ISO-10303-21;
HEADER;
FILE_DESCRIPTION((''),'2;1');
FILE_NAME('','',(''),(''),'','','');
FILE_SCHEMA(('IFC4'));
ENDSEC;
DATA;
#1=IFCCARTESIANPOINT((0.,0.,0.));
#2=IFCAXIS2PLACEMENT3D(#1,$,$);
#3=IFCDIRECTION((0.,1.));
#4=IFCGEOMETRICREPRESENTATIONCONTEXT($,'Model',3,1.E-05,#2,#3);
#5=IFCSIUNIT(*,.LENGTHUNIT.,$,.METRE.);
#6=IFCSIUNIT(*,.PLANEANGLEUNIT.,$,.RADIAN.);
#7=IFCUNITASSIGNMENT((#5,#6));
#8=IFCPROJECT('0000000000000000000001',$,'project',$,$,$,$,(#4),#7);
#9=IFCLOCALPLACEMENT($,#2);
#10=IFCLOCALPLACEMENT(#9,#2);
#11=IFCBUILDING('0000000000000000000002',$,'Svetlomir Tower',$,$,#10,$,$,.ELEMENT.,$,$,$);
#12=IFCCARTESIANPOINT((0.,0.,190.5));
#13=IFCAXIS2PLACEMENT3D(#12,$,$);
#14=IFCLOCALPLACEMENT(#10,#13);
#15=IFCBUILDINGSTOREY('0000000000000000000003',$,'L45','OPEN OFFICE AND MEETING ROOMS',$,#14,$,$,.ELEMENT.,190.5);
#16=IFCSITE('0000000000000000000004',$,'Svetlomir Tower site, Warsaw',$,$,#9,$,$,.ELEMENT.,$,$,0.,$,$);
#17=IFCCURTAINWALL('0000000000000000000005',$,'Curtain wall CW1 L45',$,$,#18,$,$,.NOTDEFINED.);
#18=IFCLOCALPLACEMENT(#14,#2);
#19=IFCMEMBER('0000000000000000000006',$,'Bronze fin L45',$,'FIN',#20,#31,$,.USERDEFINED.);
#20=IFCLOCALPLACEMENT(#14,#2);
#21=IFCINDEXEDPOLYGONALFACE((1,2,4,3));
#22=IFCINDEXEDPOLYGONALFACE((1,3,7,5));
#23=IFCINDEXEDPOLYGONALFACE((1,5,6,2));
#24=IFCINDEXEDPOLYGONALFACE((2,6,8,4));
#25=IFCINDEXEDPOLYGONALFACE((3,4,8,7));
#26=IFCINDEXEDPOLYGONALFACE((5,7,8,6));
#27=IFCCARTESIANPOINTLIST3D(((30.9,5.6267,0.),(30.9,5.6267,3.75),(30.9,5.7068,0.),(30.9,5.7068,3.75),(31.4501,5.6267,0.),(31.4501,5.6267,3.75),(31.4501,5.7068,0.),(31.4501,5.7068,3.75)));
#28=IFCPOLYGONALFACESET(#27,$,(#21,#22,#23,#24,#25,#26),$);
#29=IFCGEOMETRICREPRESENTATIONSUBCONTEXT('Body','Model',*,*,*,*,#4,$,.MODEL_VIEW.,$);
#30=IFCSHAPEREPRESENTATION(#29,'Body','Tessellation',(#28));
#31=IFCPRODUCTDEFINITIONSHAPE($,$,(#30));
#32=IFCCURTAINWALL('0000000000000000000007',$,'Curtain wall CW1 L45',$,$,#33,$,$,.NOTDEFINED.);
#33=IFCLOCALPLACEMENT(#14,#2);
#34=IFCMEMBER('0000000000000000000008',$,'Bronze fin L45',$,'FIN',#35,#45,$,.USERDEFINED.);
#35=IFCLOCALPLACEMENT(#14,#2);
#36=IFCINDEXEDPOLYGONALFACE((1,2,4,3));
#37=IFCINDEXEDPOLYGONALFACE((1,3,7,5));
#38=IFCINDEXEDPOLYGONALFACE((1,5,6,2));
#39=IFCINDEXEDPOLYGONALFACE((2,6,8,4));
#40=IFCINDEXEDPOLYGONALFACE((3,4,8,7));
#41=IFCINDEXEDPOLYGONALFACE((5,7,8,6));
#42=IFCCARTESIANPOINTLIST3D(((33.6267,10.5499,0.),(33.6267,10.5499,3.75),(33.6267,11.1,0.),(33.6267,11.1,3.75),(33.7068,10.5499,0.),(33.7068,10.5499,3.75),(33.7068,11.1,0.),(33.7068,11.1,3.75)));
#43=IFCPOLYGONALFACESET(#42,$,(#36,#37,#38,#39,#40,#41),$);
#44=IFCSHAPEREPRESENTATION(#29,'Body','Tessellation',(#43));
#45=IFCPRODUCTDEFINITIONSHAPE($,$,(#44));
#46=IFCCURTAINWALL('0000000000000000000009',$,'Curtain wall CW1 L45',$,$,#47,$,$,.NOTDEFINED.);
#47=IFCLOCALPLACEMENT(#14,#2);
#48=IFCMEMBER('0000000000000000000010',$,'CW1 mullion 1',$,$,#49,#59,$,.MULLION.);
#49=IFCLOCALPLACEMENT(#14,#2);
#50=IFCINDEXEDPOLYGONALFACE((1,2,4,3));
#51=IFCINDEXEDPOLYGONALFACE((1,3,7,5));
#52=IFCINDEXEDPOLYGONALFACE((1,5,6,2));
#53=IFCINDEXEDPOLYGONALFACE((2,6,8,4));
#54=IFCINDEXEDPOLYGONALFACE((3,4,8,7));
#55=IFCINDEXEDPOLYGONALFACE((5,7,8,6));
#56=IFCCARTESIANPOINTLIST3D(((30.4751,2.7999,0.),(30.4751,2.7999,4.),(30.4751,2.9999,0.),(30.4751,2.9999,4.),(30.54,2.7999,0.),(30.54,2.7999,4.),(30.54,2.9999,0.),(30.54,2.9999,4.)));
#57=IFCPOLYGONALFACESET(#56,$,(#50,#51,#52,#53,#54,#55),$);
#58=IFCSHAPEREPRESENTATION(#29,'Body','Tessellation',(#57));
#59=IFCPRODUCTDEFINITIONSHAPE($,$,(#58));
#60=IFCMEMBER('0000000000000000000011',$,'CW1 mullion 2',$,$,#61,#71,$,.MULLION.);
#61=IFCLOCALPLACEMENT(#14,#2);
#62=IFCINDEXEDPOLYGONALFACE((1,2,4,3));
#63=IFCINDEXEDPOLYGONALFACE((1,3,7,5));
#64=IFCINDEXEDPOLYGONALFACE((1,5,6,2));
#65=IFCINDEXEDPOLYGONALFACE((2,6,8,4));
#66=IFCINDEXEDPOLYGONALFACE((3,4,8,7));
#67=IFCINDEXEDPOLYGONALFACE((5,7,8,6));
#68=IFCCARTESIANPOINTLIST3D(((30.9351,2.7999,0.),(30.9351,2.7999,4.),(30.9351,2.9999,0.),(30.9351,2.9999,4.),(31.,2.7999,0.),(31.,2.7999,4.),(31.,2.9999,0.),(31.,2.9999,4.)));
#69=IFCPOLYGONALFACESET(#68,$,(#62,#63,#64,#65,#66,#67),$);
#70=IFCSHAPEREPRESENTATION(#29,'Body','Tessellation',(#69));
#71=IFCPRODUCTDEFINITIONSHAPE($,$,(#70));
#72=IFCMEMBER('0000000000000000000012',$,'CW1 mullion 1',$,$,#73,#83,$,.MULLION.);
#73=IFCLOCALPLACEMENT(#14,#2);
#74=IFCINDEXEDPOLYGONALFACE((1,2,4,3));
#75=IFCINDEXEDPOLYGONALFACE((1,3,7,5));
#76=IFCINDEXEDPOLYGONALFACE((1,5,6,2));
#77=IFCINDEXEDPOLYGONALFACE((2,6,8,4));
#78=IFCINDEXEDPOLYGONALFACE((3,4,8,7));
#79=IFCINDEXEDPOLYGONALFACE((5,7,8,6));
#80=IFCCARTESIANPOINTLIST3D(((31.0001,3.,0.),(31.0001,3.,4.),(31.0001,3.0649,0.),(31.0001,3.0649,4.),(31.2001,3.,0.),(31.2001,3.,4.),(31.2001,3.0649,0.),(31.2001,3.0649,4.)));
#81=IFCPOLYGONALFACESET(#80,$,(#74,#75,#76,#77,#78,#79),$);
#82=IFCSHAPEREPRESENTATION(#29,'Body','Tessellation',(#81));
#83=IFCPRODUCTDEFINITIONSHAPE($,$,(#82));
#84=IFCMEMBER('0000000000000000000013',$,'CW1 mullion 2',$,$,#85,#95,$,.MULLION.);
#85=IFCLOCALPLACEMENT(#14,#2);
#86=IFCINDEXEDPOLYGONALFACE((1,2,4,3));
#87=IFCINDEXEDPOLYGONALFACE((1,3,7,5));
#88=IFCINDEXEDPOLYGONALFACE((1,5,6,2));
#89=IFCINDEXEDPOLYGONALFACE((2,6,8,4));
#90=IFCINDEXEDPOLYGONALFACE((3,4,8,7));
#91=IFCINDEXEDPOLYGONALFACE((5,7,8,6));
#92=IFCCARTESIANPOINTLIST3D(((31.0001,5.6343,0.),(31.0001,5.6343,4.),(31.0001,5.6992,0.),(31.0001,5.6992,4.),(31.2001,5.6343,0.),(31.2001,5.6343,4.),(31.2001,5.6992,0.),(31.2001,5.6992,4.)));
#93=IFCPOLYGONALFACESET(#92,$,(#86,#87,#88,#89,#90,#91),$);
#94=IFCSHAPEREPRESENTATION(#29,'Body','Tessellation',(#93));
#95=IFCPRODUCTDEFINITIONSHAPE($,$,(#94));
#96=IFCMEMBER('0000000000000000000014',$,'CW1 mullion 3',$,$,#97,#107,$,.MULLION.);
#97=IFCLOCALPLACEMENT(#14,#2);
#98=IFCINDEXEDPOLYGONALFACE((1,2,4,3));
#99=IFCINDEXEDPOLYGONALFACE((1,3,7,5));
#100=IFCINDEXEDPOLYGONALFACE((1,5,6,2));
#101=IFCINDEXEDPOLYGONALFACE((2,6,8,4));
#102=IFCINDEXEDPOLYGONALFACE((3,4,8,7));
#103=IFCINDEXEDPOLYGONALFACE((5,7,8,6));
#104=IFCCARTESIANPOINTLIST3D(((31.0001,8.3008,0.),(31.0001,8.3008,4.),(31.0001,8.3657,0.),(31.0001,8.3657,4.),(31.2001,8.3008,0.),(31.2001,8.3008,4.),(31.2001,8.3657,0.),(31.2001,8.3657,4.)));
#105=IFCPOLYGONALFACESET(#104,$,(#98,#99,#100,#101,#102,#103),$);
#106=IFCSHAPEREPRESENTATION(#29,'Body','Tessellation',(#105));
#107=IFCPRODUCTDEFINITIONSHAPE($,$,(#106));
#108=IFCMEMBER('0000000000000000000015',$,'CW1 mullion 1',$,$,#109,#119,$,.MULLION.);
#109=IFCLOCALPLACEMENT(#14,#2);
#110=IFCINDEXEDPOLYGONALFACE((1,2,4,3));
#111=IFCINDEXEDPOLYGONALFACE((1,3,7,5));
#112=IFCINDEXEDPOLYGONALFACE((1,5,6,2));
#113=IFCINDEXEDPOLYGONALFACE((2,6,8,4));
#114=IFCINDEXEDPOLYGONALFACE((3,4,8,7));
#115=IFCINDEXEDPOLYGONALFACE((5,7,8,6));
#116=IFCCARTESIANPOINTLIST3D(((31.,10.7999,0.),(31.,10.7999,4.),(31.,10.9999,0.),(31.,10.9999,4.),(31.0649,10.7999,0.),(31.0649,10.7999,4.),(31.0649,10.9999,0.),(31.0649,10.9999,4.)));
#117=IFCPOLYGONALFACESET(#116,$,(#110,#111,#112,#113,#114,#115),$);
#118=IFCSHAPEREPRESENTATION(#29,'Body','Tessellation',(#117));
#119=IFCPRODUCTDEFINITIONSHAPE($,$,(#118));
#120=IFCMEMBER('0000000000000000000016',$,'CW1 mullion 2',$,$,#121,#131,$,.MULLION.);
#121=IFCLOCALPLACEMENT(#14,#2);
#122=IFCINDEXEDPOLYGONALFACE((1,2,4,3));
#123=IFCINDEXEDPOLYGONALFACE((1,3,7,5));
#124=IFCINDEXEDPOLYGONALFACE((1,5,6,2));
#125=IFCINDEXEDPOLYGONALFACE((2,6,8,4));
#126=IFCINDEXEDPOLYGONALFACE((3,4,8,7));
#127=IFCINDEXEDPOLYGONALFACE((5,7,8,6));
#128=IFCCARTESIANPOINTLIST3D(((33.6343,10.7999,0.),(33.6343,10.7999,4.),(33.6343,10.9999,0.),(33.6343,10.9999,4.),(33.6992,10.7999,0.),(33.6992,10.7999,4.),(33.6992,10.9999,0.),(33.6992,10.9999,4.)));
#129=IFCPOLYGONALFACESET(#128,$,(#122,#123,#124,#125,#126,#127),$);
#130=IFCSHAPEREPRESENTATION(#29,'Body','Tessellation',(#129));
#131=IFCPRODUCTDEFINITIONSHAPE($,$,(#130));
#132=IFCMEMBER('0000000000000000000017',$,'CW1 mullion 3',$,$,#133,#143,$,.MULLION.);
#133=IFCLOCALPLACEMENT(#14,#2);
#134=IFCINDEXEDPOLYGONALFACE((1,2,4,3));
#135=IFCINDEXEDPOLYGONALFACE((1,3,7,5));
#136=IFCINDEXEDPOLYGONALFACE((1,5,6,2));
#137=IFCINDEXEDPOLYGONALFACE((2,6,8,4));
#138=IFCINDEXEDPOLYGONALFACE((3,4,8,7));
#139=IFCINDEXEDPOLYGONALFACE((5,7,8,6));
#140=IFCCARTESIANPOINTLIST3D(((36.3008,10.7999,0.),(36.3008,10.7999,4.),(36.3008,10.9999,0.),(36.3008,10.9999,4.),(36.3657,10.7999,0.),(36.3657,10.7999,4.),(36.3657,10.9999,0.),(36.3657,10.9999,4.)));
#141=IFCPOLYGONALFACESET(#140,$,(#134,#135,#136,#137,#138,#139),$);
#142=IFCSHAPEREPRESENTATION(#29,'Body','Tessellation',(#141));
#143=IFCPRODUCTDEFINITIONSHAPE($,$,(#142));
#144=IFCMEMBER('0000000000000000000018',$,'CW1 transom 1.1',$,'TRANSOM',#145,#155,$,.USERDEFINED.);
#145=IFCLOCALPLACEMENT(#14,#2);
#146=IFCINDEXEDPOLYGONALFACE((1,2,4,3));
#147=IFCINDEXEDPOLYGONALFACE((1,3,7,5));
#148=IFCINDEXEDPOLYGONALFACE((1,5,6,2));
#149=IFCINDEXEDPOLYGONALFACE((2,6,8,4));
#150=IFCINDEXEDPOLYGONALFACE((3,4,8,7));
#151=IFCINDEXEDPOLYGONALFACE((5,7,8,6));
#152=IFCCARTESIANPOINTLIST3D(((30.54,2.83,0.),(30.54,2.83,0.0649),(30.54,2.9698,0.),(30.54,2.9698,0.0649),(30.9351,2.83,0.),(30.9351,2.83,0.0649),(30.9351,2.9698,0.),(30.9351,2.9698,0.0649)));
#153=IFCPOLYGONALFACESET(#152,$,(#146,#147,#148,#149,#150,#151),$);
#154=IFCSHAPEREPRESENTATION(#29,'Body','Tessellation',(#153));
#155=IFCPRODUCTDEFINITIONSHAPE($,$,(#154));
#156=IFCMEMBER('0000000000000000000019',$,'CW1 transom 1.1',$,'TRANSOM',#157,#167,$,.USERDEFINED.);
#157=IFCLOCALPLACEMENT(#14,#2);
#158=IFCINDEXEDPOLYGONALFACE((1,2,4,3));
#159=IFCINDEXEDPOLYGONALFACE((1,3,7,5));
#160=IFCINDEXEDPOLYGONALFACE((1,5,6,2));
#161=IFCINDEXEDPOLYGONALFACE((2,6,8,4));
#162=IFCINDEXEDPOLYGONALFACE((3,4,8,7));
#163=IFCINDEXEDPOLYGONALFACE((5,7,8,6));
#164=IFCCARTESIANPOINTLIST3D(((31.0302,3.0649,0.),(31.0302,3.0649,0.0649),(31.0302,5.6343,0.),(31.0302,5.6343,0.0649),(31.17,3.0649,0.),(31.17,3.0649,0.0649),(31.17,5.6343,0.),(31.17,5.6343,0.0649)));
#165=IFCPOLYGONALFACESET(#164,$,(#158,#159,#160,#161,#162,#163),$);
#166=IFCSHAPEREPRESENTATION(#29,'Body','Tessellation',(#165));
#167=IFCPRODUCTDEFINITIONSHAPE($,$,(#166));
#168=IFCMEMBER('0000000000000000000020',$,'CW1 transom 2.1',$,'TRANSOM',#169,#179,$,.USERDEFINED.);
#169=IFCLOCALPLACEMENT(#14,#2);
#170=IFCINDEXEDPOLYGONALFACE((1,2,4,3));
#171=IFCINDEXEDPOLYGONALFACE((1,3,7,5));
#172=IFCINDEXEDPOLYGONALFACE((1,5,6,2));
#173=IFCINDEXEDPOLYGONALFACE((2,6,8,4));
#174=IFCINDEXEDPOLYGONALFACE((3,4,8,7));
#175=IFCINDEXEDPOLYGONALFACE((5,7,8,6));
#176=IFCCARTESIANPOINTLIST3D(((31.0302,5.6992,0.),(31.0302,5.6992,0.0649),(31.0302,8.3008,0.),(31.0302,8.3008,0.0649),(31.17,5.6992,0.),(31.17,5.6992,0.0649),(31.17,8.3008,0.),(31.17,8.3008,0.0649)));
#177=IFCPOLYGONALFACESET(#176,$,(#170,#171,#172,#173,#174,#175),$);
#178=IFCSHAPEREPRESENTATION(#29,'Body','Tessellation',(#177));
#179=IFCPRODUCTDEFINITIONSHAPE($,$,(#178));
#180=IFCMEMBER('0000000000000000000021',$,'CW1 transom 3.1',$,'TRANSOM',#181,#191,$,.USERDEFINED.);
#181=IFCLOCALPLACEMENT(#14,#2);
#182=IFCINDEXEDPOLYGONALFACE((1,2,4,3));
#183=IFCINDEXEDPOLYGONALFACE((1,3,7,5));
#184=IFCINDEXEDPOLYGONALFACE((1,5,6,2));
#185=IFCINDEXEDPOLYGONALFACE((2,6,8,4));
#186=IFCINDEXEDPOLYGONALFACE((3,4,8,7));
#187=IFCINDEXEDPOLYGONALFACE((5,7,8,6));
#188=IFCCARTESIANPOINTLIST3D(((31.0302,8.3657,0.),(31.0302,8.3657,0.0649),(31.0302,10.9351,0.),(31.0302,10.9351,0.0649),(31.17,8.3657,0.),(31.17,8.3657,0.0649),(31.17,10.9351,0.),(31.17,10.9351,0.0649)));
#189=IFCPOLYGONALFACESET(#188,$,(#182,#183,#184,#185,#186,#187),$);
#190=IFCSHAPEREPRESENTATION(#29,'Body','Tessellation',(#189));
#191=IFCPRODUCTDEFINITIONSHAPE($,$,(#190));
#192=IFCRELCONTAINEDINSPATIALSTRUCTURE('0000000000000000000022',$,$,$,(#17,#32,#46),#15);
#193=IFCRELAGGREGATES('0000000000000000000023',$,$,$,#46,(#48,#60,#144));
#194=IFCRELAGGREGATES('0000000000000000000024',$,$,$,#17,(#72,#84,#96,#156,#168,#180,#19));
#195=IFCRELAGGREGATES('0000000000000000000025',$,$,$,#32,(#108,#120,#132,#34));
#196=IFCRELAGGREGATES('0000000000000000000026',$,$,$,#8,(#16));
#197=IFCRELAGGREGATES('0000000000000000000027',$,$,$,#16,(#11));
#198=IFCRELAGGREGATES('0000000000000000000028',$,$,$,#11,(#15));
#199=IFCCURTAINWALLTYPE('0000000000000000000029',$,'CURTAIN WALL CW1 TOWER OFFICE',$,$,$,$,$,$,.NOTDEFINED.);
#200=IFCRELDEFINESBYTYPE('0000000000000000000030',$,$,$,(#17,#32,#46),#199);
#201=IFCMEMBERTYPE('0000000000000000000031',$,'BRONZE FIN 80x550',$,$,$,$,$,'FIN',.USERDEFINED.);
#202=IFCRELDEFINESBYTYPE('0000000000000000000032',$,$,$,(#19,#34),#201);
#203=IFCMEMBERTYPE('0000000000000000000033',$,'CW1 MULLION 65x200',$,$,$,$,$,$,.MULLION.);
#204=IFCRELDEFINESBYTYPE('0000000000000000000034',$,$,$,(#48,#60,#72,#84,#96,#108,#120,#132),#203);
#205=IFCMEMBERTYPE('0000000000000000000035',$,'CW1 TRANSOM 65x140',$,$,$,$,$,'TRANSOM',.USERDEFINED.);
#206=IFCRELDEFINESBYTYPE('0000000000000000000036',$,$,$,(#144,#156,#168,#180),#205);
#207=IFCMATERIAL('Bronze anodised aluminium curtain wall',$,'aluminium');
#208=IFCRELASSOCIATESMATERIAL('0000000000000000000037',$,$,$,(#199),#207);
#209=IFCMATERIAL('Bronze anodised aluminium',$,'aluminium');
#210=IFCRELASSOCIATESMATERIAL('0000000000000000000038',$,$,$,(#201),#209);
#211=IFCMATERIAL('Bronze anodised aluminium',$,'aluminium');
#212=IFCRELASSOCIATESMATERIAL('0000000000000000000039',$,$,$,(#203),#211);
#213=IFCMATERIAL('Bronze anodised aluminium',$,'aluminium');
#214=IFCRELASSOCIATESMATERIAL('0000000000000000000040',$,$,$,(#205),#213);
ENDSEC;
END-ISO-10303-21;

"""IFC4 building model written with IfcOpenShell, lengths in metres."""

from ifc_helpers import new_model, si_unit, direction, frame, origin, origin_2d, place, context, subcontext, project, spatial, rectangle, extrude, material, material_profile, profile_set, type_object, element, aggregate, save


model = new_model("IFC4")

# Units and contexts
model_context = context("Model", 3, precision=1e-05, world=origin(), true_north=direction((0.0, 1.0)))
body_context = subcontext(model_context, "Body", "Model", "MODEL_VIEW")
ifc_project = project(units=[si_unit("LENGTHUNIT", "METRE"), si_unit("PLANEANGLEUNIT", "RADIAN")], contexts=[model_context])

# Site, building, storey
site_placement = place(None, origin())
site = spatial("IfcSite", under=ifc_project, at=site_placement, Name="Svetlomir Tower site, Warsaw", CompositionType="ELEMENT", RefElevation=0.0)
building_placement = place(site_placement, origin())
building = spatial("IfcBuilding", under=site, at=building_placement, Name="Svetlomir Tower", CompositionType="ELEMENT")
storey_placement = place(building_placement, frame((0.0, 0.0, 190.5)))
storey = spatial("IfcBuildingStorey", under=building, at=storey_placement, Name="L45", Description="OPEN OFFICE AND MEETING ROOMS", CompositionType="ELEMENT", Elevation=190.5)

# Curtain walls, members
ifc_material_1 = material(Name="Bronze anodised aluminium curtain wall", Category="aluminium")
curtain_wall_type = type_object("IfcCurtainWallType", Name="CURTAIN WALL CW1 TOWER OFFICE", PredefinedType="NOTDEFINED", material=ifc_material_1)
curtain_wall_1_placement = place(storey_placement, origin())
curtain_wall_1 = element("IfcCurtainWall", 1, at=curtain_wall_1_placement, inside=storey, type_object=curtain_wall_type, Name="Curtain wall CW1 L45", PredefinedType="NOTDEFINED")
ifc_material_2 = material(Name="Bronze anodised aluminium", Category="aluminium")
ifc_material_profile_1 = material_profile(ifc_material_2, rectangle(XDim=0.0801, YDim=0.55, at=origin_2d()), Name="FIN 80x550")
ifc_profile_set_1 = profile_set([ifc_material_profile_1], Name="Bronze anodised aluminium 6063-T6")
member_type_1 = type_object("IfcMemberType", Name="BRONZE FIN 80x550", ElementType="FIN", PredefinedType="USERDEFINED", material=ifc_profile_set_1)
member_1_placement = place(storey_placement, frame((31.175, 5.6667, 0.0), z_axis=(0.0, 0.0, 1.0), x_axis=(0.0, 1.0, 0.0)))
member_1 = element("IfcMember", 2, at=member_1_placement, type_object=member_type_1, Name="Bronze fin L45", ObjectType="FIN", PredefinedType="USERDEFINED", context=body_context, shape_type="SweptSolid", body=[
    extrude(rectangle(XDim=0.0801, YDim=0.55, at=origin_2d()), origin(), (0.0, 0.0, 1.0), 3.75),
])
curtain_wall_2_placement = place(storey_placement, origin())
curtain_wall_2 = element("IfcCurtainWall", 3, at=curtain_wall_2_placement, inside=storey, type_object=curtain_wall_type, Name="Curtain wall CW1 L45", PredefinedType="NOTDEFINED")
member_2_placement = place(storey_placement, frame((33.6667, 10.825, 0.0), z_axis=(0.0, 0.0, 1.0), x_axis=(1.0, 0.0, 0.0)))
member_2 = element("IfcMember", 4, at=member_2_placement, type_object=member_type_1, Name="Bronze fin L45", ObjectType="FIN", PredefinedType="USERDEFINED", context=body_context, shape_type="SweptSolid", body=[
    extrude(rectangle(XDim=0.0801, YDim=0.55, at=origin_2d()), origin(), (0.0, 0.0, 1.0), 3.75),
])

# Curtain wall, members
curtain_wall_3_placement = place(storey_placement, origin())
curtain_wall_3 = element("IfcCurtainWall", 5, at=curtain_wall_3_placement, inside=storey, type_object=curtain_wall_type, Name="Curtain wall CW1 L45", PredefinedType="NOTDEFINED")
ifc_material_3 = material(Name="Bronze anodised aluminium", Category="aluminium")
ifc_material_profile_2 = material_profile(ifc_material_3, rectangle(XDim=0.0649, YDim=0.2, at=origin_2d()), Name="AL 65x200")
ifc_profile_set_2 = profile_set([ifc_material_profile_2], Name="Bronze anodised aluminium 6063-T6")
member_type_2 = type_object("IfcMemberType", Name="CW1 MULLION 65x200", PredefinedType="MULLION", material=ifc_profile_set_2)
member_3_placement = place(storey_placement, frame((30.5076, 2.8999, 0.0), z_axis=(0.0, 0.0, 1.0), x_axis=(1.0, 0.0, 0.0)))
member_3 = element("IfcMember", 6, at=member_3_placement, type_object=member_type_2, Name="CW1 mullion 1", PredefinedType="MULLION", context=body_context, shape_type="SweptSolid", body=[
    extrude(rectangle(XDim=0.0649, YDim=0.2, at=origin_2d()), origin(), (0.0, 0.0, 1.0), 4.0),
])
member_4_placement = place(storey_placement, frame((30.9675, 2.8999, 0.0), z_axis=(0.0, 0.0, 1.0), x_axis=(1.0, 0.0, 0.0)))
member_4 = element("IfcMember", 7, at=member_4_placement, type_object=member_type_2, Name="CW1 mullion 2", PredefinedType="MULLION", context=body_context, shape_type="SweptSolid", body=[
    extrude(rectangle(XDim=0.0649, YDim=0.2, at=origin_2d()), origin(), (0.0, 0.0, 1.0), 4.0),
])

# Members
member_5_placement = place(storey_placement, frame((31.1001, 3.0325, 0.0), z_axis=(0.0, 0.0, 1.0), x_axis=(0.0, 1.0, 0.0)))
member_5 = element("IfcMember", 8, at=member_5_placement, type_object=member_type_2, Name="CW1 mullion 1", PredefinedType="MULLION", context=body_context, shape_type="SweptSolid", body=[
    extrude(rectangle(XDim=0.0649, YDim=0.2, at=origin_2d()), origin(), (0.0, 0.0, 1.0), 4.0),
])
member_6_placement = place(storey_placement, frame((31.1001, 5.6667, 0.0), z_axis=(0.0, 0.0, 1.0), x_axis=(0.0, 1.0, 0.0)))
member_6 = element("IfcMember", 9, at=member_6_placement, type_object=member_type_2, Name="CW1 mullion 2", PredefinedType="MULLION", context=body_context, shape_type="SweptSolid", body=[
    extrude(rectangle(XDim=0.0649, YDim=0.2, at=origin_2d()), origin(), (0.0, 0.0, 1.0), 4.0),
])
member_7_placement = place(storey_placement, frame((31.1001, 8.3333, 0.0), z_axis=(0.0, 0.0, 1.0), x_axis=(0.0, 1.0, 0.0)))
member_7 = element("IfcMember", 10, at=member_7_placement, type_object=member_type_2, Name="CW1 mullion 3", PredefinedType="MULLION", context=body_context, shape_type="SweptSolid", body=[
    extrude(rectangle(XDim=0.0649, YDim=0.2, at=origin_2d()), origin(), (0.0, 0.0, 1.0), 4.0),
])
member_8_placement = place(storey_placement, frame((31.0325, 10.8999, 0.0), z_axis=(0.0, 0.0, 1.0), x_axis=(1.0, 0.0, 0.0)))
member_8 = element("IfcMember", 11, at=member_8_placement, type_object=member_type_2, Name="CW1 mullion 1", PredefinedType="MULLION", context=body_context, shape_type="SweptSolid", body=[
    extrude(rectangle(XDim=0.0649, YDim=0.2, at=origin_2d()), origin(), (0.0, 0.0, 1.0), 4.0),
])
member_9_placement = place(storey_placement, frame((33.6667, 10.8999, 0.0), z_axis=(0.0, 0.0, 1.0), x_axis=(1.0, 0.0, 0.0)))
member_9 = element("IfcMember", 12, at=member_9_placement, type_object=member_type_2, Name="CW1 mullion 2", PredefinedType="MULLION", context=body_context, shape_type="SweptSolid", body=[
    extrude(rectangle(XDim=0.0649, YDim=0.2, at=origin_2d()), origin(), (0.0, 0.0, 1.0), 4.0),
])
member_10_placement = place(storey_placement, frame((36.3333, 10.8999, 0.0), z_axis=(0.0, 0.0, 1.0), x_axis=(1.0, 0.0, 0.0)))
member_10 = element("IfcMember", 13, at=member_10_placement, type_object=member_type_2, Name="CW1 mullion 3", PredefinedType="MULLION", context=body_context, shape_type="SweptSolid", body=[
    extrude(rectangle(XDim=0.0649, YDim=0.2, at=origin_2d()), origin(), (0.0, 0.0, 1.0), 4.0),
])
ifc_material_4 = material(Name="Bronze anodised aluminium", Category="aluminium")
ifc_material_profile_3 = material_profile(ifc_material_4, rectangle(XDim=0.1399, YDim=0.0649, at=origin_2d()), Name="AL 140x65")
ifc_profile_set_3 = profile_set([ifc_material_profile_3], Name="Bronze anodised aluminium 6063-T6")
member_type_3 = type_object("IfcMemberType", Name="CW1 TRANSOM 65x140", ElementType="TRANSOM", PredefinedType="USERDEFINED", material=ifc_profile_set_3)
member_11_placement = place(storey_placement, frame((30.54, 2.8999, 0.0325), z_axis=(1.0, 0.0, 0.0), x_axis=(0.0, 1.0, 0.0)))
member_11 = element("IfcMember", 14, at=member_11_placement, type_object=member_type_3, Name="CW1 transom 1.1", ObjectType="TRANSOM", PredefinedType="USERDEFINED", context=body_context, shape_type="SweptSolid", body=[
    extrude(rectangle(XDim=0.1399, YDim=0.0649, at=origin_2d()), origin(), (0.0, 0.0, 1.0), 0.395),
])
member_12_placement = place(storey_placement, frame((31.1001, 3.0649, 0.0325), z_axis=(0.0, 1.0, 0.0), x_axis=(-1.0, 0.0, 0.0)))
member_12 = element("IfcMember", 15, at=member_12_placement, type_object=member_type_3, Name="CW1 transom 1.1", ObjectType="TRANSOM", PredefinedType="USERDEFINED", context=body_context, shape_type="SweptSolid", body=[
    extrude(rectangle(XDim=0.1399, YDim=0.0649, at=origin_2d()), origin(), (0.0, 0.0, 1.0), 2.5693),
])
member_13_placement = place(storey_placement, frame((31.1001, 5.6992, 0.0325), z_axis=(0.0, 1.0, 0.0), x_axis=(-1.0, 0.0, 0.0)))
member_13 = element("IfcMember", 16, at=member_13_placement, type_object=member_type_3, Name="CW1 transom 2.1", ObjectType="TRANSOM", PredefinedType="USERDEFINED", context=body_context, shape_type="SweptSolid", body=[
    extrude(rectangle(XDim=0.1399, YDim=0.0649, at=origin_2d()), origin(), (0.0, 0.0, 1.0), 2.6016),
])
member_14_placement = place(storey_placement, frame((31.1001, 8.3657, 0.0325), z_axis=(0.0, 1.0, 0.0), x_axis=(-1.0, 0.0, 0.0)))
member_14 = element("IfcMember", 17, at=member_14_placement, type_object=member_type_3, Name="CW1 transom 3.1", ObjectType="TRANSOM", PredefinedType="USERDEFINED", context=body_context, shape_type="SweptSolid", body=[
    extrude(rectangle(XDim=0.1399, YDim=0.0649, at=origin_2d()), origin(), (0.0, 0.0, 1.0), 2.5693),
])

aggregate(curtain_wall_3, [member_3, member_4, member_11])
aggregate(curtain_wall_1, [member_5, member_6, member_7, member_12, member_13, member_14, member_1])
aggregate(curtain_wall_2, [member_8, member_9, member_10, member_2])

save(model, "model.ifc")
